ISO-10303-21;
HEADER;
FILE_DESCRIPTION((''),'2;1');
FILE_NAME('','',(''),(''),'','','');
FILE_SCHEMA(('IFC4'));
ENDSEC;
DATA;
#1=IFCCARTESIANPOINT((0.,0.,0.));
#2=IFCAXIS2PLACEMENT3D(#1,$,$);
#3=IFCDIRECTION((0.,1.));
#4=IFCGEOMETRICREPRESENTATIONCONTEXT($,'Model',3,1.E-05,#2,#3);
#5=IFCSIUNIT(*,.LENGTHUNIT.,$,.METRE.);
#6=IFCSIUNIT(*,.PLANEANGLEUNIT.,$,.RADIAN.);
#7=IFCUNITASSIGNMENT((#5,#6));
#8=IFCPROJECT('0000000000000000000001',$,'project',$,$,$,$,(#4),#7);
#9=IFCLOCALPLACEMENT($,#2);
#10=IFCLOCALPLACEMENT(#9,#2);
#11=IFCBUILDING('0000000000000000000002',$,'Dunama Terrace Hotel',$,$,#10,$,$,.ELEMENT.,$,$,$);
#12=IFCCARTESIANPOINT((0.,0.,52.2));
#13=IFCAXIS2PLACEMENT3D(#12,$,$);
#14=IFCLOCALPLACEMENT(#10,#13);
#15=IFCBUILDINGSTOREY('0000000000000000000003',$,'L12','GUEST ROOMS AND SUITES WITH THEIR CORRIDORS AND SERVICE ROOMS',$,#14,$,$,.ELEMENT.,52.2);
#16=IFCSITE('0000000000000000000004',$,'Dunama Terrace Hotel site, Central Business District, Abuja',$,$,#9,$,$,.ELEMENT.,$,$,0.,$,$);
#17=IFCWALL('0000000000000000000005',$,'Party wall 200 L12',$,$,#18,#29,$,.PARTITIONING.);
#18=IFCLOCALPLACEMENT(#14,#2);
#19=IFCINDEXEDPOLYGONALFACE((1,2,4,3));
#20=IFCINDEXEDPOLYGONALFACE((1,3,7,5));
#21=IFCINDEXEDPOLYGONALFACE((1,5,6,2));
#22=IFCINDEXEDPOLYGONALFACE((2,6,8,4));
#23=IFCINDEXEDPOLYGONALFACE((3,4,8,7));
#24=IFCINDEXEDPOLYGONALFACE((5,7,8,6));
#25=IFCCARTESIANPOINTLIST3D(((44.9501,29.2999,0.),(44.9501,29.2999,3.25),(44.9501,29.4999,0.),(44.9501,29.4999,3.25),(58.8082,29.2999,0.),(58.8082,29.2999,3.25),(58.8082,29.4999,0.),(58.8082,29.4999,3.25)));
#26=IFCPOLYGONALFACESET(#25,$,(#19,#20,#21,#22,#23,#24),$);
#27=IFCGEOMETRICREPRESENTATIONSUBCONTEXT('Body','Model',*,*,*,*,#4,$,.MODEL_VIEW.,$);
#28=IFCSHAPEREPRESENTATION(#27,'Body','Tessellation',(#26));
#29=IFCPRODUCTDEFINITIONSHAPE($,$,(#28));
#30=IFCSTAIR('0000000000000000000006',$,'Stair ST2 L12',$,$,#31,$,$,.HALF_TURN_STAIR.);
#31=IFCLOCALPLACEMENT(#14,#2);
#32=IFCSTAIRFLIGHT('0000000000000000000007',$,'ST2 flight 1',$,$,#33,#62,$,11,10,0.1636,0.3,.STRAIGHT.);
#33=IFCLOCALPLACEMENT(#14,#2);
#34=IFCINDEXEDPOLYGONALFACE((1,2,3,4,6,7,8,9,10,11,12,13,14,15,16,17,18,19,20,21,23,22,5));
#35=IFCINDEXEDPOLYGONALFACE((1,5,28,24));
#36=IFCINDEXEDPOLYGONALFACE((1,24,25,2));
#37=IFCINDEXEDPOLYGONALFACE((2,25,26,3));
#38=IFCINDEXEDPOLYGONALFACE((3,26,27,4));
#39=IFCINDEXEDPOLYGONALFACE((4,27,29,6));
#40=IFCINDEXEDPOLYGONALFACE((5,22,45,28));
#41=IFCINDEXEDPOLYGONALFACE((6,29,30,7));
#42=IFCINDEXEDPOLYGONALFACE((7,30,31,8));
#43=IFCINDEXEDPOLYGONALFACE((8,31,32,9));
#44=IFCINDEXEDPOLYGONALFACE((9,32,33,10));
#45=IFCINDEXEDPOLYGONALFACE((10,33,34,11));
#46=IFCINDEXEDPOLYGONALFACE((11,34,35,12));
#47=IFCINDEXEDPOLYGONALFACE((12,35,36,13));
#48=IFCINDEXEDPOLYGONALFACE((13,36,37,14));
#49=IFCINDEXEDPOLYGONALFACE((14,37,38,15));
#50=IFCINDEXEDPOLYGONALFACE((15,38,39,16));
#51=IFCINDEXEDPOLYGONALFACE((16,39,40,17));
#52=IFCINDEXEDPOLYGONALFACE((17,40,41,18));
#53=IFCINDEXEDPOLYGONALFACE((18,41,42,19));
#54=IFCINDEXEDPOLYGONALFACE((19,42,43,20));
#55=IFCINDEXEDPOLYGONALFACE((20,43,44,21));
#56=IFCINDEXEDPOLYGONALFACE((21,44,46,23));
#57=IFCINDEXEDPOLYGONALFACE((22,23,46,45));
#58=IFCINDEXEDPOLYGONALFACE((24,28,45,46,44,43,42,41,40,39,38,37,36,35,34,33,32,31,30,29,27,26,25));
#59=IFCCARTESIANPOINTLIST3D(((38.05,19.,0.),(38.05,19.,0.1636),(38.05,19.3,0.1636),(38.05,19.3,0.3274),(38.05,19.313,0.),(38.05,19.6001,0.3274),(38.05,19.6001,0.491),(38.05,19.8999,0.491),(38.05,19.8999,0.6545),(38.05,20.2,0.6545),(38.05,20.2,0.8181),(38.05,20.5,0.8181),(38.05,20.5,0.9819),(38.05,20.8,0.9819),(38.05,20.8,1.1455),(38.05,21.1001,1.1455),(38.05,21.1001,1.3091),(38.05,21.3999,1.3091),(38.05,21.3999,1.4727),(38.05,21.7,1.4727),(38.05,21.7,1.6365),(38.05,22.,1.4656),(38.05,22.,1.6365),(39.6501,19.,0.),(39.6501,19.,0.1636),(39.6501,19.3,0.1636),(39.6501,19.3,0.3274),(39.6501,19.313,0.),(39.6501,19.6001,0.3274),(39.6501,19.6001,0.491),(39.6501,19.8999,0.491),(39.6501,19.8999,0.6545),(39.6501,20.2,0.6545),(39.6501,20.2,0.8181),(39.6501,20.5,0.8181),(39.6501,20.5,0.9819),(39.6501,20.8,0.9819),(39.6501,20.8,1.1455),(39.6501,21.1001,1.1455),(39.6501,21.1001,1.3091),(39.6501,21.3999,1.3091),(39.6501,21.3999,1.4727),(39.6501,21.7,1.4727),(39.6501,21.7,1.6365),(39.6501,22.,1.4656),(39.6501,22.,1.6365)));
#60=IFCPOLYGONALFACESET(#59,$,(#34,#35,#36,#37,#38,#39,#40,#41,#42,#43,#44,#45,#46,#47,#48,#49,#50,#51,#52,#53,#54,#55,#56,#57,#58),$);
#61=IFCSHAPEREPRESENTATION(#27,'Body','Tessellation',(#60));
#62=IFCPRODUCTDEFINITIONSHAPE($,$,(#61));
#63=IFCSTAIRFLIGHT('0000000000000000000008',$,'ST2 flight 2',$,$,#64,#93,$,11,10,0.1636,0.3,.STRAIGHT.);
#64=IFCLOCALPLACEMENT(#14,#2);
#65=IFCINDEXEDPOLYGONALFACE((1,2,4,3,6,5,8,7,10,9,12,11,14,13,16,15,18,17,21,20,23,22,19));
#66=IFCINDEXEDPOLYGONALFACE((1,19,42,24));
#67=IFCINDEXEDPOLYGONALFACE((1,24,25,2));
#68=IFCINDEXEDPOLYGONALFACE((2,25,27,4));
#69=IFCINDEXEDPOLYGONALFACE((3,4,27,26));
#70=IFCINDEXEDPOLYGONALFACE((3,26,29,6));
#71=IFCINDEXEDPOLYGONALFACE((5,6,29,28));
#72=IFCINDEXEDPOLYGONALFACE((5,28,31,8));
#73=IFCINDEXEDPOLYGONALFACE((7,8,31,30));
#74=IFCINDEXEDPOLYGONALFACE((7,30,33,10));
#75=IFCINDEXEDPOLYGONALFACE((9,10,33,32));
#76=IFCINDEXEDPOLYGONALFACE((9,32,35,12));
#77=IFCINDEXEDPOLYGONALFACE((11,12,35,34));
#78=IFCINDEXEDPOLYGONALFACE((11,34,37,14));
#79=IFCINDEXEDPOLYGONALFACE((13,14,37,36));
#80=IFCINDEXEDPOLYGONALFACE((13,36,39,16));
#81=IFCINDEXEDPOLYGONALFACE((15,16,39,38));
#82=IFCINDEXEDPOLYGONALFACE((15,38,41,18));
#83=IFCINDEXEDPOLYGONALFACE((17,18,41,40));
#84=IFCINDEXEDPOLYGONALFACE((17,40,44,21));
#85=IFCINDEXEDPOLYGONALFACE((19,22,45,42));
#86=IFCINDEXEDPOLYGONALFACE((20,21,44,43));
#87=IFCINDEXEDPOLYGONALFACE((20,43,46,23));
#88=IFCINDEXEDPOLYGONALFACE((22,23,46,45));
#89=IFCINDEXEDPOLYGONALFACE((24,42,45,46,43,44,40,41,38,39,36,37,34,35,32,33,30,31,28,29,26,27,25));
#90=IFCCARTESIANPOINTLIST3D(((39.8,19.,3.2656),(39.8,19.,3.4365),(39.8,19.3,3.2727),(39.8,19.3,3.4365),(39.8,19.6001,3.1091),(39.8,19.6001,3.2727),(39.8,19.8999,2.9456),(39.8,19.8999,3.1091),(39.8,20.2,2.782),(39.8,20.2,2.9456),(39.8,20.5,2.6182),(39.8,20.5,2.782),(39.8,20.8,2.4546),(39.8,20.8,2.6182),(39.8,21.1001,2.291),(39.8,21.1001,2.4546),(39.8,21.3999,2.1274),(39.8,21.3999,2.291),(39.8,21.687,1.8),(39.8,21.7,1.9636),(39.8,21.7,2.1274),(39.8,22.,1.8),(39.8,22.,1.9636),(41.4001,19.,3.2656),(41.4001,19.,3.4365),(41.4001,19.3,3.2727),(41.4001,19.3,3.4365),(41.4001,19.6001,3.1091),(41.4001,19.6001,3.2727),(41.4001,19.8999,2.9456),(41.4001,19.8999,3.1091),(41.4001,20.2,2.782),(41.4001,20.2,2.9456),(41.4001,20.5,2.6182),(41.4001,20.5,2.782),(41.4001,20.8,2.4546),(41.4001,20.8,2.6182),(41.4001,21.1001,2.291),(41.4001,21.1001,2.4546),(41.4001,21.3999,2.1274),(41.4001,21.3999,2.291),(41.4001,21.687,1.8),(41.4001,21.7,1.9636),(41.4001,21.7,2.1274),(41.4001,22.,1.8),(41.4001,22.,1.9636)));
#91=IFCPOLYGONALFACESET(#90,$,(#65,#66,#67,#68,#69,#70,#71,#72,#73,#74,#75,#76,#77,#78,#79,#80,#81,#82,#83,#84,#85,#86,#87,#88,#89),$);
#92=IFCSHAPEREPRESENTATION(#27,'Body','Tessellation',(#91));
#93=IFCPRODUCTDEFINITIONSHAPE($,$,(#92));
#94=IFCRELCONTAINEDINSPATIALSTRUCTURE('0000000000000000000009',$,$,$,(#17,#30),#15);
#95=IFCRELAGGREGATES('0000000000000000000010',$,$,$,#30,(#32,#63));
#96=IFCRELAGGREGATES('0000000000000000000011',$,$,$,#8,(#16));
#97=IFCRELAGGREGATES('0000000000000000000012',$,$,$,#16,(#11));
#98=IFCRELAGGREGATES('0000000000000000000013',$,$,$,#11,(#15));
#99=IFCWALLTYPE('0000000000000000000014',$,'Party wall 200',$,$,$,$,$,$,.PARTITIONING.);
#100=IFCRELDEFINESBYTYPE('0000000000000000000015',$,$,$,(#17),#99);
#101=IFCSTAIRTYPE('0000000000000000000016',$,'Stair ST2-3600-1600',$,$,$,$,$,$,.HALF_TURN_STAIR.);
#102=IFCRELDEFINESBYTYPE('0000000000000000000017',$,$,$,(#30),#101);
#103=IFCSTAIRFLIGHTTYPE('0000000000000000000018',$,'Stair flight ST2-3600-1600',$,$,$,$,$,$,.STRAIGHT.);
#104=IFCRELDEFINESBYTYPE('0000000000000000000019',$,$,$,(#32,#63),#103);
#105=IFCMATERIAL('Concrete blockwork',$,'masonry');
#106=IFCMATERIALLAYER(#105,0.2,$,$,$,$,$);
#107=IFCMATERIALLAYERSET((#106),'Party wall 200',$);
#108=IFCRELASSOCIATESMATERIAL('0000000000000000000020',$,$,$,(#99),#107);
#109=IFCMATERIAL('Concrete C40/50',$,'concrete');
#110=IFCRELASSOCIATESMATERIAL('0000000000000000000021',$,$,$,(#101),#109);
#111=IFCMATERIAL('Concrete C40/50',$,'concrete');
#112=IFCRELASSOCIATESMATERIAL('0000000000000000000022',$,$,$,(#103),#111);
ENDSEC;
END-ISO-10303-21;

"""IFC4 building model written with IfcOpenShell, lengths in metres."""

from ifc_helpers import new_model, si_unit, direction, frame, frame_2d, origin, place, context, subcontext, project, spatial, polyline, rectangle, outline, extrude, material, layer, layer_set, type_object, element, aggregate, save


model = new_model("IFC4")

# Units and contexts
model_context = context("Model", 3, precision=1e-05, world=origin(), true_north=direction((0.0, 1.0)))
body_context = subcontext(model_context, "Body", "Model", "MODEL_VIEW")
ifc_project = project(units=[si_unit("LENGTHUNIT", "METRE"), si_unit("PLANEANGLEUNIT", "RADIAN")], contexts=[model_context])

# Site, building, storey
site_placement = place(None, origin())
site = spatial("IfcSite", under=ifc_project, at=site_placement, Name="Dunama Terrace Hotel site, Central Business District, Abuja", CompositionType="ELEMENT", RefElevation=0.0)
building_placement = place(site_placement, origin())
building = spatial("IfcBuilding", under=site, at=building_placement, Name="Dunama Terrace Hotel", CompositionType="ELEMENT")
storey_placement = place(building_placement, frame((0.0, 0.0, 52.2)))
storey = spatial("IfcBuildingStorey", under=building, at=storey_placement, Name="L12", Description="GUEST ROOMS AND SUITES WITH THEIR CORRIDORS AND SERVICE ROOMS", CompositionType="ELEMENT", Elevation=52.2)

# Wall
ifc_material_1 = material(Name="Concrete blockwork", Category="masonry")
ifc_layer_1 = layer(ifc_material_1, 0.2)
ifc_layer_set_1 = layer_set([ifc_layer_1], Name="Party wall 200")
wall_type_1 = type_object("IfcWallType", Name="Party wall 200", PredefinedType="PARTITIONING", material=ifc_layer_set_1)
for number, where, z_axis, x_axis, name in (
    (1, (44.95, 29.3999, 0.0), (0.0, 0.0, 1.0), (1.0, 0.0, 0.0), "Party wall 200 L12"),
):
    element("IfcWall", number, at=place(storey_placement, frame(where, z_axis=z_axis, x_axis=x_axis)), inside=storey, type_object=wall_type_1, Name=name, PredefinedType="PARTITIONING", context=body_context, shape_type="SweptSolid", body=[
        extrude(rectangle(XDim=13.8582, YDim=0.2, at=frame_2d((6.9292, 0.0))), origin(), (0.0, 0.0, 1.0), 3.25),
    ])

# Stair, stair flights
ifc_material_2 = material(Name="Concrete C40/50", Category="concrete")
stair_type = type_object("IfcStairType", Name="Stair ST2-3600-1600", PredefinedType="HALF_TURN_STAIR", material=ifc_material_2)
stair_placement = place(storey_placement, origin())
stair = element("IfcStair", 2, at=stair_placement, inside=storey, type_object=stair_type, Name="Stair ST2 L12", PredefinedType="HALF_TURN_STAIR")
ifc_material_3 = material(Name="Concrete C40/50", Category="concrete")
stair_flight_type = type_object("IfcStairFlightType", Name="Stair flight ST2-3600-1600", PredefinedType="STRAIGHT", material=ifc_material_3)
stair_flight_1_placement = place(storey_placement, frame((38.8501, 19.0, 0.0), z_axis=(0.0, 0.0, 1.0), x_axis=(0.0, 1.0, 0.0)))
stair_flight_1 = element("IfcStairFlight", 3, at=stair_flight_1_placement, type_object=stair_flight_type, Name="ST2 flight 1", NumberOfRisers=11, NumberOfTreads=10, PredefinedType="STRAIGHT", RiserHeight=0.1636, TreadLength=0.3, context=body_context, shape_type="SweptSolid", body=[
    extrude(outline(polyline([(0.0, 0.0), (0.0, 0.1636), (0.3, 0.1636), (0.3, 0.3274), (0.6001, 0.3274), (0.6001, 0.491), (0.8999, 0.491), (0.8999, 0.6545), (1.2, 0.6545), (1.2, 0.8181), (1.5, 0.8181), (1.5, 0.9819), (1.8, 0.9819), (1.8, 1.1455), (2.1001, 1.1455), (2.1001, 1.3091), (2.3999, 1.3091), (2.3999, 1.4727), (2.7, 1.4727), (2.7, 1.6365), (3.0, 1.6365), (3.0, 1.8), (3.0, 1.4656), (0.313, 0.0), (0.0, 0.0)])), frame((0.0, 0.8, 0.0), z_axis=(0.0, -1.0, 0.0), x_axis=(1.0, 0.0, 0.0)), (0.0, 0.0, 1.0), 1.6001),
])
stair_flight_2_placement = place(storey_placement, frame((40.6001, 22.0, 1.8), z_axis=(0.0, 0.0, 1.0), x_axis=(0.0, -1.0, 0.0)))
stair_flight_2 = element("IfcStairFlight", 4, at=stair_flight_2_placement, type_object=stair_flight_type, Name="ST2 flight 2", NumberOfRisers=11, NumberOfTreads=10, PredefinedType="STRAIGHT", RiserHeight=0.1636, TreadLength=0.3, context=body_context, shape_type="SweptSolid", body=[
    extrude(outline(polyline([(0.0, 0.0), (0.0, 0.1636), (0.3, 0.1636), (0.3, 0.3274), (0.6001, 0.3274), (0.6001, 0.491), (0.8999, 0.491), (0.8999, 0.6545), (1.2, 0.6545), (1.2, 0.8181), (1.5, 0.8181), (1.5, 0.9819), (1.8, 0.9819), (1.8, 1.1455), (2.1001, 1.1455), (2.1001, 1.3091), (2.3999, 1.3091), (2.3999, 1.4727), (2.7, 1.4727), (2.7, 1.6365), (3.0, 1.6365), (3.0, 1.8), (3.0, 1.4656), (0.313, 0.0), (0.0, 0.0)])), frame((0.0, 0.8, 0.0), z_axis=(0.0, -1.0, 0.0), x_axis=(1.0, 0.0, 0.0)), (0.0, 0.0, 1.0), 1.6001),
])
aggregate(stair, [stair_flight_1, stair_flight_2])

save(model, "model.ifc")
